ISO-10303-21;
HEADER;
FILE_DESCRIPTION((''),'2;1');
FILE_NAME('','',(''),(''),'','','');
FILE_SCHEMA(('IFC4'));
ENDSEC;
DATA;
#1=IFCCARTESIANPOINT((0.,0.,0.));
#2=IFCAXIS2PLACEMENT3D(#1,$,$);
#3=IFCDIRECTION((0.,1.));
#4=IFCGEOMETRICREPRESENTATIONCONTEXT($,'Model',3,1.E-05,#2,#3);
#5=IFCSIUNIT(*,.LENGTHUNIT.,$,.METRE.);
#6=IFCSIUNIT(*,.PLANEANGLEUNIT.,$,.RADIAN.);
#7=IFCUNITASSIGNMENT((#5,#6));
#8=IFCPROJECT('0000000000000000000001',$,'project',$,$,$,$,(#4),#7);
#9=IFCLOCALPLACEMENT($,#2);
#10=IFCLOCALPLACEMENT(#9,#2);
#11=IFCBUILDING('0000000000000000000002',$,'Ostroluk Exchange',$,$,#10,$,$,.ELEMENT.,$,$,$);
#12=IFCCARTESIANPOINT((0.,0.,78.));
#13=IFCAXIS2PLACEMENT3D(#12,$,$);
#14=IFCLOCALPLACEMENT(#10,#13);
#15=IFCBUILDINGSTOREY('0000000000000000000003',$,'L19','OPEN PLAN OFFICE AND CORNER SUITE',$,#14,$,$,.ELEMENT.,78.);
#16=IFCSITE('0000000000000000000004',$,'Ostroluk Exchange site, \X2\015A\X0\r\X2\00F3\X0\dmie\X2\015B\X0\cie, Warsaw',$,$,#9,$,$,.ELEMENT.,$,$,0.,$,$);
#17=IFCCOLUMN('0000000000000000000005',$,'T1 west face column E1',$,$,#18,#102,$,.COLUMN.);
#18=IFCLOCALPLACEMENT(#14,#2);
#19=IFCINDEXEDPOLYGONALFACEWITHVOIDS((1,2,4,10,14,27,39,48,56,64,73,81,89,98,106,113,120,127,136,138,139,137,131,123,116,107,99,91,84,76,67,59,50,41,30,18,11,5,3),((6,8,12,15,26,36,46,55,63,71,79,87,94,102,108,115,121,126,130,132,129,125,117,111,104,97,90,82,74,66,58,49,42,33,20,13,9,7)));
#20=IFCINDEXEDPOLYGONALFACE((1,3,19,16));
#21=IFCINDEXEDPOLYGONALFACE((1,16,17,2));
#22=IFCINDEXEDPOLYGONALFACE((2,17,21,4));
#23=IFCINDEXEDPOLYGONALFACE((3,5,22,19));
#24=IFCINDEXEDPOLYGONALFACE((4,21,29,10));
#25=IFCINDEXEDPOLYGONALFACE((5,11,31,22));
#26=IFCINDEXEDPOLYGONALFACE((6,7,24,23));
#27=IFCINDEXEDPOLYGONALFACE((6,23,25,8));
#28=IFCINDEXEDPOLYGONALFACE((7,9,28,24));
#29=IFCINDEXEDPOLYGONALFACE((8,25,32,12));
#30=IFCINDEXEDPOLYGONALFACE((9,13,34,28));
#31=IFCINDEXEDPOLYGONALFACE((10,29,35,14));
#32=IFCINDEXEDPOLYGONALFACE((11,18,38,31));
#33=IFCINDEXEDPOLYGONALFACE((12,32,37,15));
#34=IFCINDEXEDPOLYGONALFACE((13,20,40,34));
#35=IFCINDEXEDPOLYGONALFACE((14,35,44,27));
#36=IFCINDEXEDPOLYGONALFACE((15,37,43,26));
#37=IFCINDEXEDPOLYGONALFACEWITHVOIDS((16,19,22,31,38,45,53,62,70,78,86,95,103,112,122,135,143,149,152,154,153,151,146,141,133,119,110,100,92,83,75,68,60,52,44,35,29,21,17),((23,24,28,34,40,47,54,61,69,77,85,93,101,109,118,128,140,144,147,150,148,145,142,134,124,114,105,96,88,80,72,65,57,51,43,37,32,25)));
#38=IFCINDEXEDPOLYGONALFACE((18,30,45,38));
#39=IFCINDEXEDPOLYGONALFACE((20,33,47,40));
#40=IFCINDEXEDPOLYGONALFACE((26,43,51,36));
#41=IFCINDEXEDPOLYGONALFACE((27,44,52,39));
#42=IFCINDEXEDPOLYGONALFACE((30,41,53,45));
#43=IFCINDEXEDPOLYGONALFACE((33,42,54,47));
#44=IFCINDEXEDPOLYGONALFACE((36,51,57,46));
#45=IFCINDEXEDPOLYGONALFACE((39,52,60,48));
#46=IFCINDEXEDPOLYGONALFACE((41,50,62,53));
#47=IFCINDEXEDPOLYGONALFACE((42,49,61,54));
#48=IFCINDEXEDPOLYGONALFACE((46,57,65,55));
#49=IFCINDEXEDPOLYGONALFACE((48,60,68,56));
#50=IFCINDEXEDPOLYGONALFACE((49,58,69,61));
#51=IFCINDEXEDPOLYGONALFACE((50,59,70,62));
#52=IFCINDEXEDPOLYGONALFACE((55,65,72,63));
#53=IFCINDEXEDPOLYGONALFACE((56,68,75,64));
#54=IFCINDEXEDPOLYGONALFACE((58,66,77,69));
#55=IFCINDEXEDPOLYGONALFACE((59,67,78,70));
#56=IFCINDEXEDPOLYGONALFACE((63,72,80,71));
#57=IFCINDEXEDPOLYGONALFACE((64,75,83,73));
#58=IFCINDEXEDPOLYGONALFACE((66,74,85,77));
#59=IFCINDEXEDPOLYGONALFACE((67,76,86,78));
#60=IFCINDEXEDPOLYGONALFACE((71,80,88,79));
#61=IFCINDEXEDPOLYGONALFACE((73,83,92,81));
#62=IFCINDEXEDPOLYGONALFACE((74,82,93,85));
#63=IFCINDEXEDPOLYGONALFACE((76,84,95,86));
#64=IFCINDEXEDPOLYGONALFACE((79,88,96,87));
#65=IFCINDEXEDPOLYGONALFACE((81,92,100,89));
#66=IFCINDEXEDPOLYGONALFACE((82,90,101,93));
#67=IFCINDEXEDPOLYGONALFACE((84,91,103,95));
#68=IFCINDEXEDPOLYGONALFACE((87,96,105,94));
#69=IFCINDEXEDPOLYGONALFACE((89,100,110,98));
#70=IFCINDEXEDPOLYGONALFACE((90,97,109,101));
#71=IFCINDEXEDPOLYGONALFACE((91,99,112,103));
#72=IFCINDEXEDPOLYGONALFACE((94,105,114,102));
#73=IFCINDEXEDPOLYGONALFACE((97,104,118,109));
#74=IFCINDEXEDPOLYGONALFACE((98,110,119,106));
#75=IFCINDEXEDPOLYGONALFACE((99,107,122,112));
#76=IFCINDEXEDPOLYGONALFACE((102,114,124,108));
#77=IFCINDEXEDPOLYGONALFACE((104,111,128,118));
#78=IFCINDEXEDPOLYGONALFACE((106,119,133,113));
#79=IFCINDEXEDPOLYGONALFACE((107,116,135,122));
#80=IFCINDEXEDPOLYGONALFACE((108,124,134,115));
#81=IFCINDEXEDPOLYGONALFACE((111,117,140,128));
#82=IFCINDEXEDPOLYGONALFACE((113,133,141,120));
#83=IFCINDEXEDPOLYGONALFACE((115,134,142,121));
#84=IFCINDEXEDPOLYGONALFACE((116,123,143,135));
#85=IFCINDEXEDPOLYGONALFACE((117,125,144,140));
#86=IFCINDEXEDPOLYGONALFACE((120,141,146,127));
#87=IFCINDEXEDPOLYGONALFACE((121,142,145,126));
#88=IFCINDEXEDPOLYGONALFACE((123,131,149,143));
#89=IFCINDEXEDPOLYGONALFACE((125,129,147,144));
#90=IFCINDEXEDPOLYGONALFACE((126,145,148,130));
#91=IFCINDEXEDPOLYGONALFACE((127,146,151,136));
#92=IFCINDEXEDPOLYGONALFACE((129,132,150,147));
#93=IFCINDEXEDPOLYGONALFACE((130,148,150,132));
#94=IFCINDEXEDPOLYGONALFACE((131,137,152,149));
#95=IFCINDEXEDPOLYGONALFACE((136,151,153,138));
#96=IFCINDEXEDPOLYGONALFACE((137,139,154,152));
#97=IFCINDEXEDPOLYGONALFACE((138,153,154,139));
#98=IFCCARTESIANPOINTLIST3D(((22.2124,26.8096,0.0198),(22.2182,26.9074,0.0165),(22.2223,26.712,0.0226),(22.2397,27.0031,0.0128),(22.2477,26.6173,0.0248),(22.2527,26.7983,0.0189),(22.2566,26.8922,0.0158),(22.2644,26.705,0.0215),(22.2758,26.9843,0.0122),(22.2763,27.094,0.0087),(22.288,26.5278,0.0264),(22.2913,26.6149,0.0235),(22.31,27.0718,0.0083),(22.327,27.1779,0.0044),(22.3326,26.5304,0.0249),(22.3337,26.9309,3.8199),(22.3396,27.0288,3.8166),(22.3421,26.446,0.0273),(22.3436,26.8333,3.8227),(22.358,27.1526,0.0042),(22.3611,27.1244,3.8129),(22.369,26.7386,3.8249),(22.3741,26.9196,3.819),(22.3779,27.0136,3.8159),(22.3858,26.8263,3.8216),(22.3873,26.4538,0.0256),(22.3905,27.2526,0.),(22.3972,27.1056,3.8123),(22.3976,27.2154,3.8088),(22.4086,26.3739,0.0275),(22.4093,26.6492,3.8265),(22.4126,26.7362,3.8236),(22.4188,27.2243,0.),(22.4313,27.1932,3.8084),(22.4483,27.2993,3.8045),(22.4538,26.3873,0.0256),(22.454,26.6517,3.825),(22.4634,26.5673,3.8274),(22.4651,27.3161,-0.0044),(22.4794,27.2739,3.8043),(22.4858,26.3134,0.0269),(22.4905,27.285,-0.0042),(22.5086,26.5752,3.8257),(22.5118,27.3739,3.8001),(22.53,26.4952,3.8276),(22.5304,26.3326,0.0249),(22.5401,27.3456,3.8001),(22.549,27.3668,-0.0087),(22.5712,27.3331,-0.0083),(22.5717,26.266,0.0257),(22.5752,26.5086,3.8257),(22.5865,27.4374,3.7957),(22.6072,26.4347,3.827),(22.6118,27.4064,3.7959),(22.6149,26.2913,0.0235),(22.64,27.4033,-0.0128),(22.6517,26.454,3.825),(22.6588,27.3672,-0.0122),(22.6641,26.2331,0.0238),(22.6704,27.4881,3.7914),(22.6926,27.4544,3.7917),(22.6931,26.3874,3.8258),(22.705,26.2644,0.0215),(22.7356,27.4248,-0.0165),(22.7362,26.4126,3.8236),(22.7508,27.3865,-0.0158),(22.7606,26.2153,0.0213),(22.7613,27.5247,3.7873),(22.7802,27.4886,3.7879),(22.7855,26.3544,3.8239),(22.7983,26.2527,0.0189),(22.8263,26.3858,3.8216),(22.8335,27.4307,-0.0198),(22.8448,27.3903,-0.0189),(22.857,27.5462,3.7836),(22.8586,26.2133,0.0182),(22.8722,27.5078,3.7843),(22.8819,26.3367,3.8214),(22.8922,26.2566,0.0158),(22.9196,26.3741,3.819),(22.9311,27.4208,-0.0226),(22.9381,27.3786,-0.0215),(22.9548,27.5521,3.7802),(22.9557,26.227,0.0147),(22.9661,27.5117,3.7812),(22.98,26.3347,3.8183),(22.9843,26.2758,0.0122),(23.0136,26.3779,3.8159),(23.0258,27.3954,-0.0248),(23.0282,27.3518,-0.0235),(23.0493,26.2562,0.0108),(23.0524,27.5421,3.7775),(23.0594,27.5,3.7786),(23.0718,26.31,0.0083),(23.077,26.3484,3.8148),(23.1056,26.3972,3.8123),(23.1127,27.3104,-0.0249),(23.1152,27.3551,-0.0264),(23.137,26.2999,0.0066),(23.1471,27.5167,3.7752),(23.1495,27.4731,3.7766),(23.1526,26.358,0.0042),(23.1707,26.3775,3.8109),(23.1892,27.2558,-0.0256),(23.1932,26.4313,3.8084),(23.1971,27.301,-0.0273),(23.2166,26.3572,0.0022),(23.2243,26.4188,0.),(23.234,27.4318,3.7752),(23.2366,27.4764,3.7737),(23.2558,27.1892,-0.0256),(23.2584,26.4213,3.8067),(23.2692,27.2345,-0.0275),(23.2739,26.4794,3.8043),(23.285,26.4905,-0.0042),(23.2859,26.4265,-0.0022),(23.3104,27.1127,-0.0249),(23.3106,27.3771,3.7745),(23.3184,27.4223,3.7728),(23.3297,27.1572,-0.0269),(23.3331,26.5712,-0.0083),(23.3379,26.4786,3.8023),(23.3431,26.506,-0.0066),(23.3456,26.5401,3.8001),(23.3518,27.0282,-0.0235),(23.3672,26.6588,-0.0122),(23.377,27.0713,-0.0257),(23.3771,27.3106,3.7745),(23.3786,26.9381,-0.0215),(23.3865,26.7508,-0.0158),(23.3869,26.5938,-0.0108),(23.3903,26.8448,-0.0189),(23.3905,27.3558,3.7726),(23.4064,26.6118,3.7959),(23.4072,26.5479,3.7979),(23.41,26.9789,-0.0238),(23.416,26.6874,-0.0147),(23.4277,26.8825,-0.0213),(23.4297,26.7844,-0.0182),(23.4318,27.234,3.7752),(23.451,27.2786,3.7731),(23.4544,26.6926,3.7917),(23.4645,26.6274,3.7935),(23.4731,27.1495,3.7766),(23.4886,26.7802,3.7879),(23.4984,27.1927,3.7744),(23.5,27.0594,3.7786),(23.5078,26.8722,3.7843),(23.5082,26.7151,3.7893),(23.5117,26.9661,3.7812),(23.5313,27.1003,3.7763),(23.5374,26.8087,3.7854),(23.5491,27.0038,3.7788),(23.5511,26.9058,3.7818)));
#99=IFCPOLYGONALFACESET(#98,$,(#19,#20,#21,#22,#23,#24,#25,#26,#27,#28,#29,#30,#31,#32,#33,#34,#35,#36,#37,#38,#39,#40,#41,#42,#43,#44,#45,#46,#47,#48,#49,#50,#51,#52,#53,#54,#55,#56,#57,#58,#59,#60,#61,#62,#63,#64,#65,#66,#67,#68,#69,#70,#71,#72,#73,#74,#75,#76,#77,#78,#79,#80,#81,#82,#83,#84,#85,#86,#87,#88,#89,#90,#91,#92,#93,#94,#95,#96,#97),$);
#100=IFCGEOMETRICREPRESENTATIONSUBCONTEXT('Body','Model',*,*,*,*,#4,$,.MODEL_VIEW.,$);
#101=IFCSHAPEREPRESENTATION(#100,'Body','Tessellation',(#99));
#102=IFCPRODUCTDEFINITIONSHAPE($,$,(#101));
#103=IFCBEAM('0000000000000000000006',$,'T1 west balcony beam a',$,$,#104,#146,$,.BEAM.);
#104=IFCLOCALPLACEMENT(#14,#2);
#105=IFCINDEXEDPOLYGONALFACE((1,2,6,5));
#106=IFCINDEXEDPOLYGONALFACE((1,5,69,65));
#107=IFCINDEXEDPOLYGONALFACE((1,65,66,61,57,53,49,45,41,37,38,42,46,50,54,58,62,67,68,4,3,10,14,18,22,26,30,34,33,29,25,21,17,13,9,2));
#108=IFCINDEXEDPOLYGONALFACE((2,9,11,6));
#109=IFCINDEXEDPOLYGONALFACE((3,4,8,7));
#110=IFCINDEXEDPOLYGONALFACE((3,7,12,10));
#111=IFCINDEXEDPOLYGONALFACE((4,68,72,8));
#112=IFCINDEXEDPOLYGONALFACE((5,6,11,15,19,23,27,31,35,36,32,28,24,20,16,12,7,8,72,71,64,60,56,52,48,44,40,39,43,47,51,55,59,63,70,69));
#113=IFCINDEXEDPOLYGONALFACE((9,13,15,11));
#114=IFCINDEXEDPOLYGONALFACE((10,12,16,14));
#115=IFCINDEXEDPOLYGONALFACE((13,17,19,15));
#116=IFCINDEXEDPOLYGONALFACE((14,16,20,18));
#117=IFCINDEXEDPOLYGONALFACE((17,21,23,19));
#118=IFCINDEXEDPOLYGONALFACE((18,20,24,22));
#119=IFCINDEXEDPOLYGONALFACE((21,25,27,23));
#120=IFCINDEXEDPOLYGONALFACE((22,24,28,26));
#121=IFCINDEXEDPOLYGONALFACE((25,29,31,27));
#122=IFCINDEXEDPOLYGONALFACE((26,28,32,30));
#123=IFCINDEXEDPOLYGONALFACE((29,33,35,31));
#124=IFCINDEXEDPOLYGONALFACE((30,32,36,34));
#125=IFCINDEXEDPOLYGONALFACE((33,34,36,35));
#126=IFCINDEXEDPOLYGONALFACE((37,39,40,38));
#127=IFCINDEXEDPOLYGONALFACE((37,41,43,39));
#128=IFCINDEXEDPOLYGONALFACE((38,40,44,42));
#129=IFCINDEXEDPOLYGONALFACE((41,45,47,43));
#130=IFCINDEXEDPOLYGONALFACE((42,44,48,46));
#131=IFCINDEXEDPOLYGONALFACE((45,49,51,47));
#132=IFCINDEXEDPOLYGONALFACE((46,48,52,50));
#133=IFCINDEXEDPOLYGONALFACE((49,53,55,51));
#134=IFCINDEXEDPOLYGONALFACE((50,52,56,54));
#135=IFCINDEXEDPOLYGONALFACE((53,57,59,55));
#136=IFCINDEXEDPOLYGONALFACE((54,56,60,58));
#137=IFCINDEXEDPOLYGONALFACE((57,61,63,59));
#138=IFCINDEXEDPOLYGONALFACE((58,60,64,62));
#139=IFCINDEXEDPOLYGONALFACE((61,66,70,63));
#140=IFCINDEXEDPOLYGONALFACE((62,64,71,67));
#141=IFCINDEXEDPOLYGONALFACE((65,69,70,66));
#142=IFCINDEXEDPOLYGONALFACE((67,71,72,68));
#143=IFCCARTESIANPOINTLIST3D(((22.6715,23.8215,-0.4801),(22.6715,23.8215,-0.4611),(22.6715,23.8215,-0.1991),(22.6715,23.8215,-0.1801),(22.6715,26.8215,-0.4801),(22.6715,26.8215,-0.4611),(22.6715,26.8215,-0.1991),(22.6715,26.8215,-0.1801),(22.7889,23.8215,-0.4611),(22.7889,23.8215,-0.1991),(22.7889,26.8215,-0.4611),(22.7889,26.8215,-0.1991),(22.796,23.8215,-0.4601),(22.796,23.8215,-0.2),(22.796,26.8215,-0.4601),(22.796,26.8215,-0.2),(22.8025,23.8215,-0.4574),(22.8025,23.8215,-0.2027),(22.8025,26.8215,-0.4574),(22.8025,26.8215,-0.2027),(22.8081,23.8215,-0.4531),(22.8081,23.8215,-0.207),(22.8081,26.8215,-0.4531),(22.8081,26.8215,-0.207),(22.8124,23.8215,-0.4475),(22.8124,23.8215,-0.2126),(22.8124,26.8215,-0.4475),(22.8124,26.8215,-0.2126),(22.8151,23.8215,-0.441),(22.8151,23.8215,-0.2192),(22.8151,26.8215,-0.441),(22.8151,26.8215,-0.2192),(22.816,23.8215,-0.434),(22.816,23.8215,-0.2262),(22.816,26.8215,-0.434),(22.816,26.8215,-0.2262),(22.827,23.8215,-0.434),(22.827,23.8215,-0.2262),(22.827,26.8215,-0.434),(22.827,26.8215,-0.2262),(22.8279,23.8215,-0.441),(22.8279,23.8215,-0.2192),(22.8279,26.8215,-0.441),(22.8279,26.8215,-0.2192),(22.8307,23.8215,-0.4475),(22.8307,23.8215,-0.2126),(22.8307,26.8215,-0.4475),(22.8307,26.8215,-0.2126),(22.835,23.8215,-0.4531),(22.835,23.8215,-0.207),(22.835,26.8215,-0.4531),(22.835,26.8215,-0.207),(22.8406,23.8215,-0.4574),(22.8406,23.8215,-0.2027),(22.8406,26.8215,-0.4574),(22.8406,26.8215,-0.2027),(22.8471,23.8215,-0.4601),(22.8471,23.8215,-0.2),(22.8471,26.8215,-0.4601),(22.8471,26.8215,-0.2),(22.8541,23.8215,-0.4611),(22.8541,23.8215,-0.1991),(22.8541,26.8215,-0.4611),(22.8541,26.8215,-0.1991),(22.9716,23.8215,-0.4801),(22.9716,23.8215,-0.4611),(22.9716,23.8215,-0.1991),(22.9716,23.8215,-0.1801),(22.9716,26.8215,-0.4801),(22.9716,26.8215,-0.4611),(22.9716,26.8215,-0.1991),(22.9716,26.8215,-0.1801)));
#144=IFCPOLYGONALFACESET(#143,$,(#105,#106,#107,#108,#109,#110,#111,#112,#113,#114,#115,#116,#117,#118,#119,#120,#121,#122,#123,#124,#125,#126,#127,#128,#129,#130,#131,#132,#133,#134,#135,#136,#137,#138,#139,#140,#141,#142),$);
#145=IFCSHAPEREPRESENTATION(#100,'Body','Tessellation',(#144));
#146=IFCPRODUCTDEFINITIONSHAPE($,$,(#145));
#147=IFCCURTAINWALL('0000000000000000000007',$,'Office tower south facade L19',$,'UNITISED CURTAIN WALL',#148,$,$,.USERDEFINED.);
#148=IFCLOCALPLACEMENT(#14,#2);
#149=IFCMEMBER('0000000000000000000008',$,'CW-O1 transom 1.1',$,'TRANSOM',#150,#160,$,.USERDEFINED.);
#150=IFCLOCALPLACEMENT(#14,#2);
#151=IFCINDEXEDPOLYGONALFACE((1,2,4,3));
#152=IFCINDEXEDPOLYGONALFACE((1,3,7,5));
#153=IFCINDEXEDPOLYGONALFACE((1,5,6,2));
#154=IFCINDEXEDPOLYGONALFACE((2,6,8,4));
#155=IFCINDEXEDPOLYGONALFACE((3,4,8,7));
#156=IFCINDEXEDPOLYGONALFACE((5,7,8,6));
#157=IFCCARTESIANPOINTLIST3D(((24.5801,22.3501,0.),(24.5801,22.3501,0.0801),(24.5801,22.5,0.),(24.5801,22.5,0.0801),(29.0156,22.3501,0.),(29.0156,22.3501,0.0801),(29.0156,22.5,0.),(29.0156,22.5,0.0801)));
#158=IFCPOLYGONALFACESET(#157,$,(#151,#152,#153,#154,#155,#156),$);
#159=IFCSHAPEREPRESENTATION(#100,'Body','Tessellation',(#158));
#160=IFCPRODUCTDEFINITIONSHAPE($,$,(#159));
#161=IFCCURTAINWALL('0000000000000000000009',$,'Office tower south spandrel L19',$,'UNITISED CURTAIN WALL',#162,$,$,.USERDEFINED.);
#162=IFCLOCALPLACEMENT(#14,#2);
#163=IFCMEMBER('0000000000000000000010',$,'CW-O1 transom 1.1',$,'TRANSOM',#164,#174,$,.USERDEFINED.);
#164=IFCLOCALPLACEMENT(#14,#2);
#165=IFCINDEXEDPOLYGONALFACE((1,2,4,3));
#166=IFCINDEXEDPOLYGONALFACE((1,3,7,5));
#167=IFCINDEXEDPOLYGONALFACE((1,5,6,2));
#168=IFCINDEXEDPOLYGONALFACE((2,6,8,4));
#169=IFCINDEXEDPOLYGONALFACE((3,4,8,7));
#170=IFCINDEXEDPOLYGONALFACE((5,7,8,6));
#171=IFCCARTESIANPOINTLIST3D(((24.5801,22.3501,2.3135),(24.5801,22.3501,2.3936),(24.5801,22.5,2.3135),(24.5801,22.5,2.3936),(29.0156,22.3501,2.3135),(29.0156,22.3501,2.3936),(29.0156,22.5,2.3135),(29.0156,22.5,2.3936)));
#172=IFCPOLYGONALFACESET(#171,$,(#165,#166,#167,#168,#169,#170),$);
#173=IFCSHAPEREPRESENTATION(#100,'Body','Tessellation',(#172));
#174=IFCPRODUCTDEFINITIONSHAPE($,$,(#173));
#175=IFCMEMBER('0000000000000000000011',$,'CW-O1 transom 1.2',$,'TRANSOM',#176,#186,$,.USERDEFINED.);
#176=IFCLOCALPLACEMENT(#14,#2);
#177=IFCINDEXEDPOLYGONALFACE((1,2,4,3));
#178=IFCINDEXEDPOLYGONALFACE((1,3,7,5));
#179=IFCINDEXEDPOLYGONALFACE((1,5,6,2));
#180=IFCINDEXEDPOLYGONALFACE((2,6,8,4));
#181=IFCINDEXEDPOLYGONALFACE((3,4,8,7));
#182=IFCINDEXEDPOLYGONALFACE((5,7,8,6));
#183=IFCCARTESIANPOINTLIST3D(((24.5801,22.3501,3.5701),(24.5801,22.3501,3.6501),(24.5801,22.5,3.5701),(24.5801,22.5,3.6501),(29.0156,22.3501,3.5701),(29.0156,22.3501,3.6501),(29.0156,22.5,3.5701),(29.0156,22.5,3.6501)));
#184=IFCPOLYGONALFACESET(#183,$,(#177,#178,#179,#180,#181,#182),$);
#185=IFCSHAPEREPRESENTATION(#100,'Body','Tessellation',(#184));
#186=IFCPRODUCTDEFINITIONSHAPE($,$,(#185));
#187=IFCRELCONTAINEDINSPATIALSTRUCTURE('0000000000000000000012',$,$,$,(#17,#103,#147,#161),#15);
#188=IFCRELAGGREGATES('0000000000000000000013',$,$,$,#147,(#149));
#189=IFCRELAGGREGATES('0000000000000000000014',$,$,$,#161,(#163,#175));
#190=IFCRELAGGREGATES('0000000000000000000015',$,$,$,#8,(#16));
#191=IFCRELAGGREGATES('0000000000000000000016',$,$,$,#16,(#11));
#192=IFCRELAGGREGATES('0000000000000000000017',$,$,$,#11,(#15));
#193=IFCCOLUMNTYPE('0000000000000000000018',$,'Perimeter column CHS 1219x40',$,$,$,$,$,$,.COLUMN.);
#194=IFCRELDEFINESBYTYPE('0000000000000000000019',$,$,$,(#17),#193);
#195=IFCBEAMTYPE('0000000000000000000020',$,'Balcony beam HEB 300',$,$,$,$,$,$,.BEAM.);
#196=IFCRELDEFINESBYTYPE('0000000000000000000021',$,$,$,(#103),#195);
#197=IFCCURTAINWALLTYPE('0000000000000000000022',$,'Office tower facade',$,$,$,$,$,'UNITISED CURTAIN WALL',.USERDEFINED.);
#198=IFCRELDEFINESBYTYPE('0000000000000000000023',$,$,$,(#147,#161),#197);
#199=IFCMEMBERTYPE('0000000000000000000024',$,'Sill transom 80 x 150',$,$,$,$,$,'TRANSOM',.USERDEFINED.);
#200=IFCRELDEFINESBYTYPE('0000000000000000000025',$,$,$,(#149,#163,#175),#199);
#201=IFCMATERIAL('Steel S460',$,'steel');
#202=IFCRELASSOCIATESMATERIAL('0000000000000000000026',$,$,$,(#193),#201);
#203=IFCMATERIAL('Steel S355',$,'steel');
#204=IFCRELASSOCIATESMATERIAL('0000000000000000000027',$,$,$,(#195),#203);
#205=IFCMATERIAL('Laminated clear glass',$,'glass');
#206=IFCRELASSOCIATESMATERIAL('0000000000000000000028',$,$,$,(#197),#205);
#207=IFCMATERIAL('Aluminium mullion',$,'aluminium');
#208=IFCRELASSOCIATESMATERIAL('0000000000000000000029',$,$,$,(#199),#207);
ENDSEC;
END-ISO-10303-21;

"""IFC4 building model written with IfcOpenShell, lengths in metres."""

from ifc_helpers import new_model, si_unit, direction, frame, origin, origin_2d, place, context, subcontext, project, spatial, rectangle, hollow_circle, i_section, extrude, material, material_profile, profile_set, type_object, element, aggregate, save


model = new_model("IFC4")

# Units and contexts
model_context = context("Model", 3, precision=1e-05, world=origin(), true_north=direction((0.0, 1.0)))
body_context = subcontext(model_context, "Body", "Model", "MODEL_VIEW")
ifc_project = project(units=[si_unit("LENGTHUNIT", "METRE"), si_unit("PLANEANGLEUNIT", "RADIAN")], contexts=[model_context])

# Site, building, storey
site_placement = place(None, origin())
site = spatial("IfcSite", under=ifc_project, at=site_placement, Name="Ostroluk Exchange site, Śródmieście, Warsaw", CompositionType="ELEMENT", RefElevation=0.0)
building_placement = place(site_placement, origin())
building = spatial("IfcBuilding", under=site, at=building_placement, Name="Ostroluk Exchange", CompositionType="ELEMENT")
storey_placement = place(building_placement, frame((0.0, 0.0, 78.0)))
storey = spatial("IfcBuildingStorey", under=building, at=storey_placement, Name="L19", Description="OPEN PLAN OFFICE AND CORNER SUITE", CompositionType="ELEMENT", Elevation=78.0)

# Column
ifc_material_1 = material(Name="Steel S460", Category="steel")
ifc_material_profile_1 = material_profile(ifc_material_1, hollow_circle(Radius=0.6096, WallThickness=0.04, at=origin_2d()), Name="CHS 1219x40")
ifc_profile_set_1 = profile_set([ifc_material_profile_1], Name="Steel S460")
column_type = type_object("IfcColumnType", Name="Perimeter column CHS 1219x40", PredefinedType="COLUMN", material=ifc_profile_set_1)
column_placement = place(storey_placement, frame((22.8215, 26.8215, 0.0), z_axis=(0.031898, 0.031898, 0.998982), x_axis=(-0.707107, 0.707107, 0.0)))
element("IfcColumn", 1, at=column_placement, inside=storey, type_object=column_type, Name="T1 west face column E1", PredefinedType="COLUMN", context=body_context, shape_type="SweptSolid", body=[
    extrude(hollow_circle(Radius=0.6096, WallThickness=0.04, at=origin_2d()), origin(), (0.0, 0.0, 1.0), 3.804),
])

# Beam
ifc_material_2 = material(Name="Steel S355", Category="steel")
ifc_material_profile_2 = material_profile(ifc_material_2, i_section(OverallWidth=0.3, OverallDepth=0.3, WebThickness=0.011, FlangeThickness=0.019, FilletRadius=0.0271, at=origin_2d()), Name="HEB 300")
ifc_profile_set_2 = profile_set([ifc_material_profile_2], Name="Steel S355")
beam_type = type_object("IfcBeamType", Name="Balcony beam HEB 300", PredefinedType="BEAM", material=ifc_profile_set_2)
beam_placement = place(storey_placement, frame((22.8215, 26.8215, -0.3301), z_axis=(0.0, -1.0, 0.0), x_axis=(1.0, 0.0, 0.0)))
element("IfcBeam", 2, at=beam_placement, inside=storey, type_object=beam_type, Name="T1 west balcony beam a", PredefinedType="BEAM", context=body_context, shape_type="SweptSolid", body=[
    extrude(i_section(OverallWidth=0.3, OverallDepth=0.3, WebThickness=0.011, FlangeThickness=0.019, FilletRadius=0.0271, at=origin_2d()), origin(), (0.0, 0.0, 1.0), 3.0),
])

# Curtain wall, member
ifc_material_3 = material(Name="Laminated clear glass", Category="glass")
curtain_wall_type = type_object("IfcCurtainWallType", Name="Office tower facade", ElementType="UNITISED CURTAIN WALL", PredefinedType="USERDEFINED", material=ifc_material_3)
curtain_wall_1_placement = place(storey_placement, origin())
curtain_wall_1 = element("IfcCurtainWall", 3, at=curtain_wall_1_placement, inside=storey, type_object=curtain_wall_type, Name="Office tower south facade L19", ObjectType="UNITISED CURTAIN WALL", PredefinedType="USERDEFINED")
ifc_material_4 = material(Name="Aluminium mullion", Category="aluminium")
ifc_material_profile_3 = material_profile(ifc_material_4, rectangle(XDim=0.1499, YDim=0.0801, at=origin_2d()), Name="Sill transom 80 x 150")
ifc_profile_set_3 = profile_set([ifc_material_profile_3], Name="Aluminium mullion")
member_type_1 = type_object("IfcMemberType", Name="Sill transom 80 x 150", ElementType="TRANSOM", PredefinedType="USERDEFINED", material=ifc_profile_set_3)
member_1_placement = place(storey_placement, frame((24.5801, 22.425, 0.04), z_axis=(1.0, 0.0, 0.0), x_axis=(0.0, 1.0, 0.0)))
member_1 = element("IfcMember", 4, at=member_1_placement, type_object=member_type_1, Name="CW-O1 transom 1.1", ObjectType="TRANSOM", PredefinedType="USERDEFINED", context=body_context, shape_type="SweptSolid", body=[
    extrude(rectangle(XDim=0.1499, YDim=0.0801, at=origin_2d()), origin(), (0.0, 0.0, 1.0), 4.4355),
])

# Curtain wall, members
curtain_wall_2_placement = place(storey_placement, origin())
curtain_wall_2 = element("IfcCurtainWall", 5, at=curtain_wall_2_placement, inside=storey, type_object=curtain_wall_type, Name="Office tower south spandrel L19", ObjectType="UNITISED CURTAIN WALL", PredefinedType="USERDEFINED")
member_2_placement = place(storey_placement, frame((24.5801, 22.425, 2.3535), z_axis=(1.0, 0.0, 0.0), x_axis=(0.0, 1.0, 0.0)))
member_2 = element("IfcMember", 6, at=member_2_placement, type_object=member_type_1, Name="CW-O1 transom 1.1", ObjectType="TRANSOM", PredefinedType="USERDEFINED", context=body_context, shape_type="SweptSolid", body=[
    extrude(rectangle(XDim=0.1499, YDim=0.0801, at=origin_2d()), origin(), (0.0, 0.0, 1.0), 4.4355),
])
member_3_placement = place(storey_placement, frame((24.5801, 22.425, 3.6101), z_axis=(1.0, 0.0, 0.0), x_axis=(0.0, 1.0, 0.0)))
member_3 = element("IfcMember", 7, at=member_3_placement, type_object=member_type_1, Name="CW-O1 transom 1.2", ObjectType="TRANSOM", PredefinedType="USERDEFINED", context=body_context, shape_type="SweptSolid", body=[
    extrude(rectangle(XDim=0.1499, YDim=0.0801, at=origin_2d()), origin(), (0.0, 0.0, 1.0), 4.4355),
])

aggregate(curtain_wall_1, [member_1])
aggregate(curtain_wall_2, [member_2, member_3])

save(model, "model.ifc")
